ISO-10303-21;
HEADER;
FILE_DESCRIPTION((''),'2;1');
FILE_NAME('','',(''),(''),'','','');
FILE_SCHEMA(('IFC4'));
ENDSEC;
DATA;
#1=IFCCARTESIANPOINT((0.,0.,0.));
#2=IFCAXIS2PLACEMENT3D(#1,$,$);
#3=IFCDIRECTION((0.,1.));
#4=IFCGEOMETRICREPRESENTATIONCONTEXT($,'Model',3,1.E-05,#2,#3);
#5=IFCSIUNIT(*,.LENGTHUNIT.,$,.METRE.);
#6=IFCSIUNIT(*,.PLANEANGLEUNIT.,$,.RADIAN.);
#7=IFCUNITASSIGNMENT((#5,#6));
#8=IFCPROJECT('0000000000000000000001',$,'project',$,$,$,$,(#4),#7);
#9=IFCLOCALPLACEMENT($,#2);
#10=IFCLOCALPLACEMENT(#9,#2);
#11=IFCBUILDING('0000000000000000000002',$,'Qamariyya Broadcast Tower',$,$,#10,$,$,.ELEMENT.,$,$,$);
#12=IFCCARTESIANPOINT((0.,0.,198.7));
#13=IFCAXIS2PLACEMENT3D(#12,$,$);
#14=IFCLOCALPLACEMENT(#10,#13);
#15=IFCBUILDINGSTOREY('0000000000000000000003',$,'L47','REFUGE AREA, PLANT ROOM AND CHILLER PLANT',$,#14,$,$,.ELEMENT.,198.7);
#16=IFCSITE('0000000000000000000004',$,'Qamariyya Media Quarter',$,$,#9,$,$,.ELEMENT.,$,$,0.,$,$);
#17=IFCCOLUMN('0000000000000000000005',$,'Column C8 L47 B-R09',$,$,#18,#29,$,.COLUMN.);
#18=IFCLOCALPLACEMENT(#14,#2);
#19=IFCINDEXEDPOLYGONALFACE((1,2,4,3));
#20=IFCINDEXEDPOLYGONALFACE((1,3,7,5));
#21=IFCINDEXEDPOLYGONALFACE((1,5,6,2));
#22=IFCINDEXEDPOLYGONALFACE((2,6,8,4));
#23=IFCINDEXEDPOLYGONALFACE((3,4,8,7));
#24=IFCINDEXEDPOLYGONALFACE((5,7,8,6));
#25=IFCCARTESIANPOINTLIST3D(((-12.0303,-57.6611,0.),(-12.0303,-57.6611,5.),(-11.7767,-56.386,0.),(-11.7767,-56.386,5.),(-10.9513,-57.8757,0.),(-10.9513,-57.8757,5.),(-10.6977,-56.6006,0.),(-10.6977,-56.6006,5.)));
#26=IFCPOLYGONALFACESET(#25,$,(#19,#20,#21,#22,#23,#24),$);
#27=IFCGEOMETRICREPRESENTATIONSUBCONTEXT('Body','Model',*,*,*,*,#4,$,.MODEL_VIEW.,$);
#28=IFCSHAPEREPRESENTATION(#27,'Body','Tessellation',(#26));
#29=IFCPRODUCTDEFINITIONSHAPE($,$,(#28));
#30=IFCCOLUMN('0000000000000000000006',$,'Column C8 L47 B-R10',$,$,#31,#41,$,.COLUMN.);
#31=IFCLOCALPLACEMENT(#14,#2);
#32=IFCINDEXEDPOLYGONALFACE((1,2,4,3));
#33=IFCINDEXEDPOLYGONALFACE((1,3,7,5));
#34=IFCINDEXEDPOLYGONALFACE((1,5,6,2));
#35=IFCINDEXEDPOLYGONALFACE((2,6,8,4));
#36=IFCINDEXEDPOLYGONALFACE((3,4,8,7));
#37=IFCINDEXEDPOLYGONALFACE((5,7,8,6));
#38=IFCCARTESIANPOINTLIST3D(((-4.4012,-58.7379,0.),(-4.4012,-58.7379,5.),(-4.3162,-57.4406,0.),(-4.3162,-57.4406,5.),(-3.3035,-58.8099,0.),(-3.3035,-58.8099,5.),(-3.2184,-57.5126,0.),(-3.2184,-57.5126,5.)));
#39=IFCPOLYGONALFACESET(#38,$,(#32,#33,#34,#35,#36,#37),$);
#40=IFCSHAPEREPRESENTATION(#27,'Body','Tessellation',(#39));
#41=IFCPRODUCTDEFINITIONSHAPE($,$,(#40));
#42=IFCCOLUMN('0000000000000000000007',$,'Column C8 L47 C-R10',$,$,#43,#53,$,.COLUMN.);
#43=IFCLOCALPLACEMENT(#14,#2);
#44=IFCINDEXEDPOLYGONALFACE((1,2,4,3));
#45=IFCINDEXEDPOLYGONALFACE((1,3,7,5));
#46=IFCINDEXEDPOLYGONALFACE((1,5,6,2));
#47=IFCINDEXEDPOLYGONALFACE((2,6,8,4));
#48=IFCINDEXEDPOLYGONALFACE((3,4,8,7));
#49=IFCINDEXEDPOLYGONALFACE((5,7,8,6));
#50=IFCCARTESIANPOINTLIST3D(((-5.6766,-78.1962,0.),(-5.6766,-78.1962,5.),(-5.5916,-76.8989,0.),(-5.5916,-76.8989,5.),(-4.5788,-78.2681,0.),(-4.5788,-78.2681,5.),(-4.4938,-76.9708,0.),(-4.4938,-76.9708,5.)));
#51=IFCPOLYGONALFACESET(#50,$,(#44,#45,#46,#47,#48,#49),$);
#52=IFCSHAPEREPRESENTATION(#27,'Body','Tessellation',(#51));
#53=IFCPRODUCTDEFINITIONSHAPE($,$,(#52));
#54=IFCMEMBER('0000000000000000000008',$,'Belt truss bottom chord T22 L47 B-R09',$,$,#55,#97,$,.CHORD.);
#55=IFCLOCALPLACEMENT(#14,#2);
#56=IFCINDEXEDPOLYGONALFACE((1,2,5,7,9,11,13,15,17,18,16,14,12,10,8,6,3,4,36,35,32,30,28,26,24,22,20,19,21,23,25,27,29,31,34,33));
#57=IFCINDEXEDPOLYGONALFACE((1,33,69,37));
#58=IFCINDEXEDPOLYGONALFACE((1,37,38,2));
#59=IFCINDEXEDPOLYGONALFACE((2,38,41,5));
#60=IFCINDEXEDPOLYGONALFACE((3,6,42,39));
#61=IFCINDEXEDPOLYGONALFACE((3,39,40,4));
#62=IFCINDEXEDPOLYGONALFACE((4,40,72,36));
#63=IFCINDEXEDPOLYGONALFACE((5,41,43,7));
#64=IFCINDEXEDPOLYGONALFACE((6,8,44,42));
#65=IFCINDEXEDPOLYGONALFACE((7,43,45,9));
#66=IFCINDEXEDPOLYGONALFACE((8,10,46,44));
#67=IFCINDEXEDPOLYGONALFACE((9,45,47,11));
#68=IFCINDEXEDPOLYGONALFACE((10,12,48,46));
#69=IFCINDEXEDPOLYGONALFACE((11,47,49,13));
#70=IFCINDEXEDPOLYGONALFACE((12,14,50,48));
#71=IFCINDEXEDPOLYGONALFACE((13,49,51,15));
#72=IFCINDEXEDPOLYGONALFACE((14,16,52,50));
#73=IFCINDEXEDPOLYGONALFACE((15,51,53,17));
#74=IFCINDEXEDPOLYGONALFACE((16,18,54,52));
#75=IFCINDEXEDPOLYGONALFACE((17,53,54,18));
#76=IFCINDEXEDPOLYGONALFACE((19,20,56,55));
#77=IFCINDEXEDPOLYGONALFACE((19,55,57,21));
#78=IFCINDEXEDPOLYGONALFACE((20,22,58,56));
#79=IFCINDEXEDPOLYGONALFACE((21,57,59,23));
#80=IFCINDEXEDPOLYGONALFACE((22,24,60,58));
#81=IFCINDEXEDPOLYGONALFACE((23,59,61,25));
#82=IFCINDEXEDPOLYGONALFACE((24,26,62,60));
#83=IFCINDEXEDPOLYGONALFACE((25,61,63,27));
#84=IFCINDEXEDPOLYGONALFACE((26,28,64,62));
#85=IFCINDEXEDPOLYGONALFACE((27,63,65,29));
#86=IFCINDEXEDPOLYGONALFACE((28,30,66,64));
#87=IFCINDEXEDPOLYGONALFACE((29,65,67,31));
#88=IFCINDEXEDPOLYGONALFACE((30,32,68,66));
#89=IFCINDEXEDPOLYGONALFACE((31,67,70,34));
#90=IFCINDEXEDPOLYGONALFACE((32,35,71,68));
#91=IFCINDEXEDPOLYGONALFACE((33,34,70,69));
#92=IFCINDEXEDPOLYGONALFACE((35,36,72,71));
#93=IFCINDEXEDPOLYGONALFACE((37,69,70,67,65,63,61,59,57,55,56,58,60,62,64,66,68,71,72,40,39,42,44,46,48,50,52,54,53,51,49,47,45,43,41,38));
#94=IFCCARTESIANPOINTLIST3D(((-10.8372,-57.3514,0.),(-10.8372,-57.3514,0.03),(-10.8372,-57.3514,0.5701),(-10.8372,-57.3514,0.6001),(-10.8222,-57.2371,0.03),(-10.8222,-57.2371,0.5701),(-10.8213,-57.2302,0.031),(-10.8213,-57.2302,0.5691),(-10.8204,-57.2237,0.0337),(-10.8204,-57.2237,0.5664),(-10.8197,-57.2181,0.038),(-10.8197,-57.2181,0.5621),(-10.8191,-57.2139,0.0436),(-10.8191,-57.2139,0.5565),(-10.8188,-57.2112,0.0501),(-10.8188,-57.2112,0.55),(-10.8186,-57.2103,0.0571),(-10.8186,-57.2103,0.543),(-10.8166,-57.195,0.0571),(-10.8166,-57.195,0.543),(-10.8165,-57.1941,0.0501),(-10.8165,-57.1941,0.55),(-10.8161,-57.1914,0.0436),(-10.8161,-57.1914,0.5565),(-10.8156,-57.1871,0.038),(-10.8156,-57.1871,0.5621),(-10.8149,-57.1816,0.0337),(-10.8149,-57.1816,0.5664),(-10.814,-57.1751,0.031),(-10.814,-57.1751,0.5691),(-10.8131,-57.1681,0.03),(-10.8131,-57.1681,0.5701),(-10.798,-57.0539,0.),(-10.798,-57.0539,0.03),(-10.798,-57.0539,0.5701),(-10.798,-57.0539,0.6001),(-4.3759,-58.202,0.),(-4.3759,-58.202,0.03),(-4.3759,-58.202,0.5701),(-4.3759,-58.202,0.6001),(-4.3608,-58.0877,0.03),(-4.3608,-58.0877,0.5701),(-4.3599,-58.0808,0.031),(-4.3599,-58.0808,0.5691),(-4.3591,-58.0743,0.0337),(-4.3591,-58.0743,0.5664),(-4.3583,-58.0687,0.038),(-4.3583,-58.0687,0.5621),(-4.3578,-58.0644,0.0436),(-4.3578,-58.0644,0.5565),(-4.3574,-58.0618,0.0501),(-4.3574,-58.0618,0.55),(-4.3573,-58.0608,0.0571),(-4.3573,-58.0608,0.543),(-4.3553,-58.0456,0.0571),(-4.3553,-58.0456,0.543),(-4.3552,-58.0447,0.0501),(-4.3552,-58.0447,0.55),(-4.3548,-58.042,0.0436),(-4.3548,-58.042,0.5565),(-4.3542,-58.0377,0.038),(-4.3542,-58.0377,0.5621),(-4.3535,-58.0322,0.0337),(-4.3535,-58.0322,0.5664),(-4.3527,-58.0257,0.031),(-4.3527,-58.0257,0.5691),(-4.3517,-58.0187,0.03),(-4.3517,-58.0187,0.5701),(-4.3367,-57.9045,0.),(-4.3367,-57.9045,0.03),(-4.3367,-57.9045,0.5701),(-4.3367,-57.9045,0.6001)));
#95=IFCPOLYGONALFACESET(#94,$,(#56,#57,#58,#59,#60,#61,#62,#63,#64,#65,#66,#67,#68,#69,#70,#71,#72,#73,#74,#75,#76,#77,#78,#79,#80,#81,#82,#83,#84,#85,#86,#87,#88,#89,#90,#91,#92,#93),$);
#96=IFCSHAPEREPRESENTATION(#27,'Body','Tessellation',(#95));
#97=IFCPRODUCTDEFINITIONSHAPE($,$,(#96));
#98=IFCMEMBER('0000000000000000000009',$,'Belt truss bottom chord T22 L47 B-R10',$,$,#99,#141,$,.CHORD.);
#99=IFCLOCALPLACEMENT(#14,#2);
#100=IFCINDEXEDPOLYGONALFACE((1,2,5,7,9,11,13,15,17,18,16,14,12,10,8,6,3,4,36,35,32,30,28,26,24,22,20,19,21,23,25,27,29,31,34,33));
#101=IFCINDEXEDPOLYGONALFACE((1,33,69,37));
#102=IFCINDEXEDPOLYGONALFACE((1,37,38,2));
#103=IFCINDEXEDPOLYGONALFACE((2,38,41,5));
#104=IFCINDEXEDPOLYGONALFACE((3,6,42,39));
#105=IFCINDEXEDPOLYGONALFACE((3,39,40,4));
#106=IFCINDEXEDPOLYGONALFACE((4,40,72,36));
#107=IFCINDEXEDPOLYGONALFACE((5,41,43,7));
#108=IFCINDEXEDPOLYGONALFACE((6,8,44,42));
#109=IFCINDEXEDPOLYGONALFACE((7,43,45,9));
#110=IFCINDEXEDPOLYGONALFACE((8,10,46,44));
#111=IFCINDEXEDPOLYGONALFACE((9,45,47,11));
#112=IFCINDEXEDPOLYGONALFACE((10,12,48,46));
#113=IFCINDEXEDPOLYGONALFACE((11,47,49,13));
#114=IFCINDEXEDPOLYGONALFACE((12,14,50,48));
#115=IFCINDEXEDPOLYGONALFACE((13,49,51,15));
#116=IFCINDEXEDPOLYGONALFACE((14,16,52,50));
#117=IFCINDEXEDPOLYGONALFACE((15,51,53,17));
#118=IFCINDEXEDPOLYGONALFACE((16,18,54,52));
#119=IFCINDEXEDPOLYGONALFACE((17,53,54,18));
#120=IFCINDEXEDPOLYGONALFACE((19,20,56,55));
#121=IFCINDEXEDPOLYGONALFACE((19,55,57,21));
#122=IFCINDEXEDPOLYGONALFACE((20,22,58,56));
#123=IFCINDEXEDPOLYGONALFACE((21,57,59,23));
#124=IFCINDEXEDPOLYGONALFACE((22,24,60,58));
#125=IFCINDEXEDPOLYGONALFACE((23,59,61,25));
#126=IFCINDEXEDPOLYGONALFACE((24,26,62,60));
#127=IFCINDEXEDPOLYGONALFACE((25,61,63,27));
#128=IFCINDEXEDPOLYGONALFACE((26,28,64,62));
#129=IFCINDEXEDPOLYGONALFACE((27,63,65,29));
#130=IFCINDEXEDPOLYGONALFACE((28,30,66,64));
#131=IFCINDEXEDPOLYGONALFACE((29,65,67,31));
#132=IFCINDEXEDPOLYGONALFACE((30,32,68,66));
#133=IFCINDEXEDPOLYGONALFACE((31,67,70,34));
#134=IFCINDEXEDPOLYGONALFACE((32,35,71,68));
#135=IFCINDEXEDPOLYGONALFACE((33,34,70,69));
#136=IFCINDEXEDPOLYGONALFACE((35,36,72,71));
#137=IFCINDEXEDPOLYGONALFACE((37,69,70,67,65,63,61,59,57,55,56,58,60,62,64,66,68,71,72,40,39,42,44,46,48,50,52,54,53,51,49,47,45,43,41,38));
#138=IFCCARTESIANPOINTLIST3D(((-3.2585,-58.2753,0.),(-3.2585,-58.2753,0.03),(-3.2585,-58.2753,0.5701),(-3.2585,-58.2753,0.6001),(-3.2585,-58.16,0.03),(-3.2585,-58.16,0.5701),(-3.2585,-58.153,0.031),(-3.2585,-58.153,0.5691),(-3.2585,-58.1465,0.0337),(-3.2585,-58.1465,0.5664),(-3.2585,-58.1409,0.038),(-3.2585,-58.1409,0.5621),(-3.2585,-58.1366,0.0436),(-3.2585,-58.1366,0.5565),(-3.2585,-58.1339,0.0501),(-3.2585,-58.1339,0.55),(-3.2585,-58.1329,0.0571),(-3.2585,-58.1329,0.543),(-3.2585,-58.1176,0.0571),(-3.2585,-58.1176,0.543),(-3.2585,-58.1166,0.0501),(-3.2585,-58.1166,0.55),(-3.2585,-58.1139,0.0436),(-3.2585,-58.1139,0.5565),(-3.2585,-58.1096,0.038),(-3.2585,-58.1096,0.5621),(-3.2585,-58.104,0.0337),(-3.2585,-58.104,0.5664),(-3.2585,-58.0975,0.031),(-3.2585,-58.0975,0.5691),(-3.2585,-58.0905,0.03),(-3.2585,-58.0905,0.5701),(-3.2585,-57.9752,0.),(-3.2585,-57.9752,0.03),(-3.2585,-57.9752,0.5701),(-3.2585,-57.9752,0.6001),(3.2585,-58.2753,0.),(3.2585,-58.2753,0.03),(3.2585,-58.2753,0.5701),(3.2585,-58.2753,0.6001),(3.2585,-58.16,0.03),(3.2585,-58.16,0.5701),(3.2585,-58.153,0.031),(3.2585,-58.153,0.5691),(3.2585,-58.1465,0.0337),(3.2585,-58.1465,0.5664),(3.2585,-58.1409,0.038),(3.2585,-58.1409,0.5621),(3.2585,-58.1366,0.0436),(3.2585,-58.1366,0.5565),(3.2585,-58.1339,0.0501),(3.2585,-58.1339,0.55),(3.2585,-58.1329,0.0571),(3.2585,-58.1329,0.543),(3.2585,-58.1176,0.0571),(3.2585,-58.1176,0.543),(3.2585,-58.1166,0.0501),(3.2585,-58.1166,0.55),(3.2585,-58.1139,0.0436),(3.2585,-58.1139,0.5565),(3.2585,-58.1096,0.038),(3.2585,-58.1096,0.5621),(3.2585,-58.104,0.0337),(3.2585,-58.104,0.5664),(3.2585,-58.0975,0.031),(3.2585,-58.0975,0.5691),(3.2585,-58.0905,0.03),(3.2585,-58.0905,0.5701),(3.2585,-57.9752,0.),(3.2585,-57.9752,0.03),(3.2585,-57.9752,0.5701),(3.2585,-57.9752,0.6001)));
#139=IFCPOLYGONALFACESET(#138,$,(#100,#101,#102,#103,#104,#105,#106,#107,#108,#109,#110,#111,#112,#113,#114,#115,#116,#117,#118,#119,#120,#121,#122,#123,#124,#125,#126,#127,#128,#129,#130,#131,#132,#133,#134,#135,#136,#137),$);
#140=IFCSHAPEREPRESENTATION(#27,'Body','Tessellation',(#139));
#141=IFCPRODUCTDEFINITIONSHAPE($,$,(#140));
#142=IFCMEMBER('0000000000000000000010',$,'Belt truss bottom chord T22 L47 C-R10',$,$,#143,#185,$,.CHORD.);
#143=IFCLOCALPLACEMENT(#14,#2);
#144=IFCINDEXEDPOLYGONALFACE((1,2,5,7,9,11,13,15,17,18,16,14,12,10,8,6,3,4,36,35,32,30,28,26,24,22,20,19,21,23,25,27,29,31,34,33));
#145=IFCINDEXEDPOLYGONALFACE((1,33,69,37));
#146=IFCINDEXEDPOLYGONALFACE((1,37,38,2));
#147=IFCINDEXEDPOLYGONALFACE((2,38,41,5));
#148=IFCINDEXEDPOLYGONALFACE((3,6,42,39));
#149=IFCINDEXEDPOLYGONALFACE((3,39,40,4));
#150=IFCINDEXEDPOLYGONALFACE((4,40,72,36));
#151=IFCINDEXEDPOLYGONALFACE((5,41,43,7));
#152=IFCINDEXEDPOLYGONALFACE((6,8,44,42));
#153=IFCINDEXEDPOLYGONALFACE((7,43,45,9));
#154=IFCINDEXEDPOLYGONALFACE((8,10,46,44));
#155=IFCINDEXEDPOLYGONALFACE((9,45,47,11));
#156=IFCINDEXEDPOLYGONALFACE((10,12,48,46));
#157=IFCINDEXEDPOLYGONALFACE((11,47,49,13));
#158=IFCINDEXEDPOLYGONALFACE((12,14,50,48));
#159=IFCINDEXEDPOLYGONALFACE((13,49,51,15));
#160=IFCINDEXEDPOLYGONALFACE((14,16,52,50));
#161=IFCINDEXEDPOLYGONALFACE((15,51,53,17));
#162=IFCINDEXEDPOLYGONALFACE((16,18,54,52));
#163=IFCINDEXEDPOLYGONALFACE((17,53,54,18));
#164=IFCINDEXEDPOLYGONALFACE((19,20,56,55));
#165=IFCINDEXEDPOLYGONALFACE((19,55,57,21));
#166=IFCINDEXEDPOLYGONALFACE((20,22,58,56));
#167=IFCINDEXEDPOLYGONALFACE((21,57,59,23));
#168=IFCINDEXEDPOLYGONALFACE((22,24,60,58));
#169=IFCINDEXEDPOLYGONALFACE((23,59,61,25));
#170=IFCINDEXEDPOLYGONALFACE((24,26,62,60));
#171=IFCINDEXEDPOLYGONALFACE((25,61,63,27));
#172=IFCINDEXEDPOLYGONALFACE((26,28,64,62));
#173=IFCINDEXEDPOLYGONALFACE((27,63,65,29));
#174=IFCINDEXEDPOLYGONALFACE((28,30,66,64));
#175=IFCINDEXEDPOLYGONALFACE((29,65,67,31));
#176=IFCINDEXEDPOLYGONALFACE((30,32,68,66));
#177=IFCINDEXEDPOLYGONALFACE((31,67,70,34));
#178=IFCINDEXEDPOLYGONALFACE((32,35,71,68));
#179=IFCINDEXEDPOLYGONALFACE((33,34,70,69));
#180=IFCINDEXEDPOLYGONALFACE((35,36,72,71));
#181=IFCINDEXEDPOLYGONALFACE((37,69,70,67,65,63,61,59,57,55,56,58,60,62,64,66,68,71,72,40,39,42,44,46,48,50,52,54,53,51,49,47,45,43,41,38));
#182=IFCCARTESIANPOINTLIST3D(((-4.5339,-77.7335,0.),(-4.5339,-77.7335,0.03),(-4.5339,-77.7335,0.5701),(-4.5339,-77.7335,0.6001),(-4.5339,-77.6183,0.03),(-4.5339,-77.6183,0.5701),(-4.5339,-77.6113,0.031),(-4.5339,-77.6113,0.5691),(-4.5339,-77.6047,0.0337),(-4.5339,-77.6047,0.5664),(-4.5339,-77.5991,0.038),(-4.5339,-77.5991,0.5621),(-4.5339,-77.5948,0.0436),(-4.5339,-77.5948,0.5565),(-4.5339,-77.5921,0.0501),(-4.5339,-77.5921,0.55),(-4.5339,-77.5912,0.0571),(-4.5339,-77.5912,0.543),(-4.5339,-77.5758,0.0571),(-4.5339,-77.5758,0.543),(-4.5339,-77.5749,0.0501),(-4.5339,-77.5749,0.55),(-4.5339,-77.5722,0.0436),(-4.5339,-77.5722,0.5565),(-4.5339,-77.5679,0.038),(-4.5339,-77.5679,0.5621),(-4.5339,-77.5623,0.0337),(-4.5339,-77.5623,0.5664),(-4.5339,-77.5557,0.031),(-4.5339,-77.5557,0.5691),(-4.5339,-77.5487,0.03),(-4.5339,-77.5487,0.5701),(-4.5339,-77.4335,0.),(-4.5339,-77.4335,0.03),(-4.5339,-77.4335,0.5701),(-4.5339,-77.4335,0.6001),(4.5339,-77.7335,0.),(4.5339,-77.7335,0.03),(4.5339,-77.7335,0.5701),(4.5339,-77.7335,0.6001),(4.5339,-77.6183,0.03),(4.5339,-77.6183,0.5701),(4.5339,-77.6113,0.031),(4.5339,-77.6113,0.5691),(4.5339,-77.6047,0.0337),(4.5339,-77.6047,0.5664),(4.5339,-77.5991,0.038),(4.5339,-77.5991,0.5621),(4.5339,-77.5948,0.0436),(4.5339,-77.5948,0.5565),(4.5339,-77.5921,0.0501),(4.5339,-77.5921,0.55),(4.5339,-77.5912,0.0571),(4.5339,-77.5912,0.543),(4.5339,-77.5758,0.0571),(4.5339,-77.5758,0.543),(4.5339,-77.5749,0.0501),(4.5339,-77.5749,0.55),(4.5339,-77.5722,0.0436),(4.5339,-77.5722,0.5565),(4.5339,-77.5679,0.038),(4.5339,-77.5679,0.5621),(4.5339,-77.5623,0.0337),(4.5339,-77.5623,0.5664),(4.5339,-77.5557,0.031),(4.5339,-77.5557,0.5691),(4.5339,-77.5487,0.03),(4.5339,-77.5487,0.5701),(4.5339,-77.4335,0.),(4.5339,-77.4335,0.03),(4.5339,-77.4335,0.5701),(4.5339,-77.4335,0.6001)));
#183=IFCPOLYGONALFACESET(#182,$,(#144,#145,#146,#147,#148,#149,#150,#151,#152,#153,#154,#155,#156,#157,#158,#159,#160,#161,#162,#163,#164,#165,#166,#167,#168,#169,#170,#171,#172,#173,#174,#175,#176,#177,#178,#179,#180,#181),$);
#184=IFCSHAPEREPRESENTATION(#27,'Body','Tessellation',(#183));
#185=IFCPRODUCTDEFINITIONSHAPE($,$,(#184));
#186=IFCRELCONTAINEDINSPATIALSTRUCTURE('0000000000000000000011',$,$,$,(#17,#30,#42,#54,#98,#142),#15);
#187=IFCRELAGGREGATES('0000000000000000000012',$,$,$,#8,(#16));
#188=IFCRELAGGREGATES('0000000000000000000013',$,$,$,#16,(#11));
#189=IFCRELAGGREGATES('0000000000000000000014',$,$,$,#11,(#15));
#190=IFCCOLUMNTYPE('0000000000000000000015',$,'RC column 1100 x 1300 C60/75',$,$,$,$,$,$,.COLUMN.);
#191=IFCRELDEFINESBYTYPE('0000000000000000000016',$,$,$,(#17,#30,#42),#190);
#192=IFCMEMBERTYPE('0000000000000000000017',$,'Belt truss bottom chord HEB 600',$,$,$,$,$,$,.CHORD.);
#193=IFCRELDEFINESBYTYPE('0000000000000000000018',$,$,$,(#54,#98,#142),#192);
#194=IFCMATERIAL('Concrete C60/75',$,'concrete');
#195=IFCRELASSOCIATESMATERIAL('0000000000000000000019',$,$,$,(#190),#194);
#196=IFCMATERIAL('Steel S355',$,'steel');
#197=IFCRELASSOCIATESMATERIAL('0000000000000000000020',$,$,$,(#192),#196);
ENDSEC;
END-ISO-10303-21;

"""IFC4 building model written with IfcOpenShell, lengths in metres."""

from ifc_helpers import new_model, si_unit, direction, frame, origin, origin_2d, place, context, subcontext, project, spatial, rectangle, i_section, extrude, material, material_profile, profile_set, type_object, element, save


model = new_model("IFC4")

# Units and contexts
model_context = context("Model", 3, precision=1e-05, world=origin(), true_north=direction((0.0, 1.0)))
body_context = subcontext(model_context, "Body", "Model", "MODEL_VIEW")
ifc_project = project(units=[si_unit("LENGTHUNIT", "METRE"), si_unit("PLANEANGLEUNIT", "RADIAN")], contexts=[model_context])

# Site, building, storey
site_placement = place(None, origin())
site = spatial("IfcSite", under=ifc_project, at=site_placement, Name="Qamariyya Media Quarter", CompositionType="ELEMENT", RefElevation=0.0)
building_placement = place(site_placement, origin())
building = spatial("IfcBuilding", under=site, at=building_placement, Name="Qamariyya Broadcast Tower", CompositionType="ELEMENT")
storey_placement = place(building_placement, frame((0.0, 0.0, 198.7)))
storey = spatial("IfcBuildingStorey", under=building, at=storey_placement, Name="L47", Description="REFUGE AREA, PLANT ROOM AND CHILLER PLANT", CompositionType="ELEMENT", Elevation=198.7)

# Columns
ifc_material_1 = material(Name="Concrete C60/75", Category="concrete")
ifc_material_profile_1 = material_profile(ifc_material_1, rectangle(XDim=1.1001, YDim=1.3, at=origin_2d()))
ifc_profile_set_1 = profile_set([ifc_material_profile_1], Name="Concrete C60/75")
column_type = type_object("IfcColumnType", Name="RC column 1100 x 1300 C60/75", PredefinedType="COLUMN", material=ifc_profile_set_1)
for number, where, z_axis, x_axis, name in (
    (1, (-11.364, -57.1309, 0.0), (0.0, 0.0, 1.0), (0.980785, -0.19509, 0.0), "Column C8 L47 B-R09"),
    (2, (-3.8098, -58.1252, 0.0), (0.0, 0.0, 1.0), (0.997859, -0.065403, 0.0), "Column C8 L47 B-R10"),
    (3, (-5.0852, -77.5835, 0.0), (0.0, 0.0, 1.0), (0.997859, -0.065403, 0.0), "Column C8 L47 C-R10"),
):
    element("IfcColumn", number, at=place(storey_placement, frame(where, z_axis=z_axis, x_axis=x_axis)), inside=storey, type_object=column_type, Name=name, PredefinedType="COLUMN", context=body_context, shape_type="SweptSolid", body=[
        extrude(rectangle(XDim=1.1001, YDim=1.3, at=origin_2d()), origin(), (0.0, 0.0, 1.0), 5.0),
    ])

# Members
ifc_material_2 = material(Name="Steel S355", Category="steel")
ifc_material_profile_2 = material_profile(ifc_material_2, i_section(OverallWidth=0.3, OverallDepth=0.6001, WebThickness=0.0154, FlangeThickness=0.03, FilletRadius=0.0271, at=origin_2d()))
ifc_profile_set_2 = profile_set([ifc_material_profile_2], Name="Steel S355")
member_type_1 = type_object("IfcMemberType", Name="Belt truss bottom chord HEB 600", PredefinedType="CHORD", material=ifc_profile_set_2)
for number, where, z_axis, x_axis, name in (
    (4, (-10.8176, -57.2026, 0.3), (0.991446, -0.130515, 0.0), (0.130515, 0.991446, 0.0), "Belt truss bottom chord T22 L47 B-R09"),
    (5, (-3.2585, -58.1252, 0.3), (1.0, 0.0, 0.0), (0.0, 1.0, 0.0), "Belt truss bottom chord T22 L47 B-R10"),
):
    element("IfcMember", number, at=place(storey_placement, frame(where, z_axis=z_axis, x_axis=x_axis)), inside=storey, type_object=member_type_1, Name=name, PredefinedType="CHORD", context=body_context, shape_type="SweptSolid", body=[
        extrude(i_section(OverallWidth=0.3, OverallDepth=0.6001, WebThickness=0.0154, FlangeThickness=0.03, FilletRadius=0.0271, at=origin_2d()), origin(), (0.0, 0.0, 1.0), 6.5171),
    ])
member_1_placement = place(storey_placement, frame((-4.5339, -77.5835, 0.3), z_axis=(1.0, 0.0, 0.0), x_axis=(0.0, 1.0, 0.0)))
element("IfcMember", 6, at=member_1_placement, inside=storey, type_object=member_type_1, Name="Belt truss bottom chord T22 L47 C-R10", PredefinedType="CHORD", context=body_context, shape_type="SweptSolid", body=[
    extrude(i_section(OverallWidth=0.3, OverallDepth=0.6001, WebThickness=0.0154, FlangeThickness=0.03, FilletRadius=0.0271, at=origin_2d()), origin(), (0.0, 0.0, 1.0), 9.0679),
])

save(model, "model.ifc")
